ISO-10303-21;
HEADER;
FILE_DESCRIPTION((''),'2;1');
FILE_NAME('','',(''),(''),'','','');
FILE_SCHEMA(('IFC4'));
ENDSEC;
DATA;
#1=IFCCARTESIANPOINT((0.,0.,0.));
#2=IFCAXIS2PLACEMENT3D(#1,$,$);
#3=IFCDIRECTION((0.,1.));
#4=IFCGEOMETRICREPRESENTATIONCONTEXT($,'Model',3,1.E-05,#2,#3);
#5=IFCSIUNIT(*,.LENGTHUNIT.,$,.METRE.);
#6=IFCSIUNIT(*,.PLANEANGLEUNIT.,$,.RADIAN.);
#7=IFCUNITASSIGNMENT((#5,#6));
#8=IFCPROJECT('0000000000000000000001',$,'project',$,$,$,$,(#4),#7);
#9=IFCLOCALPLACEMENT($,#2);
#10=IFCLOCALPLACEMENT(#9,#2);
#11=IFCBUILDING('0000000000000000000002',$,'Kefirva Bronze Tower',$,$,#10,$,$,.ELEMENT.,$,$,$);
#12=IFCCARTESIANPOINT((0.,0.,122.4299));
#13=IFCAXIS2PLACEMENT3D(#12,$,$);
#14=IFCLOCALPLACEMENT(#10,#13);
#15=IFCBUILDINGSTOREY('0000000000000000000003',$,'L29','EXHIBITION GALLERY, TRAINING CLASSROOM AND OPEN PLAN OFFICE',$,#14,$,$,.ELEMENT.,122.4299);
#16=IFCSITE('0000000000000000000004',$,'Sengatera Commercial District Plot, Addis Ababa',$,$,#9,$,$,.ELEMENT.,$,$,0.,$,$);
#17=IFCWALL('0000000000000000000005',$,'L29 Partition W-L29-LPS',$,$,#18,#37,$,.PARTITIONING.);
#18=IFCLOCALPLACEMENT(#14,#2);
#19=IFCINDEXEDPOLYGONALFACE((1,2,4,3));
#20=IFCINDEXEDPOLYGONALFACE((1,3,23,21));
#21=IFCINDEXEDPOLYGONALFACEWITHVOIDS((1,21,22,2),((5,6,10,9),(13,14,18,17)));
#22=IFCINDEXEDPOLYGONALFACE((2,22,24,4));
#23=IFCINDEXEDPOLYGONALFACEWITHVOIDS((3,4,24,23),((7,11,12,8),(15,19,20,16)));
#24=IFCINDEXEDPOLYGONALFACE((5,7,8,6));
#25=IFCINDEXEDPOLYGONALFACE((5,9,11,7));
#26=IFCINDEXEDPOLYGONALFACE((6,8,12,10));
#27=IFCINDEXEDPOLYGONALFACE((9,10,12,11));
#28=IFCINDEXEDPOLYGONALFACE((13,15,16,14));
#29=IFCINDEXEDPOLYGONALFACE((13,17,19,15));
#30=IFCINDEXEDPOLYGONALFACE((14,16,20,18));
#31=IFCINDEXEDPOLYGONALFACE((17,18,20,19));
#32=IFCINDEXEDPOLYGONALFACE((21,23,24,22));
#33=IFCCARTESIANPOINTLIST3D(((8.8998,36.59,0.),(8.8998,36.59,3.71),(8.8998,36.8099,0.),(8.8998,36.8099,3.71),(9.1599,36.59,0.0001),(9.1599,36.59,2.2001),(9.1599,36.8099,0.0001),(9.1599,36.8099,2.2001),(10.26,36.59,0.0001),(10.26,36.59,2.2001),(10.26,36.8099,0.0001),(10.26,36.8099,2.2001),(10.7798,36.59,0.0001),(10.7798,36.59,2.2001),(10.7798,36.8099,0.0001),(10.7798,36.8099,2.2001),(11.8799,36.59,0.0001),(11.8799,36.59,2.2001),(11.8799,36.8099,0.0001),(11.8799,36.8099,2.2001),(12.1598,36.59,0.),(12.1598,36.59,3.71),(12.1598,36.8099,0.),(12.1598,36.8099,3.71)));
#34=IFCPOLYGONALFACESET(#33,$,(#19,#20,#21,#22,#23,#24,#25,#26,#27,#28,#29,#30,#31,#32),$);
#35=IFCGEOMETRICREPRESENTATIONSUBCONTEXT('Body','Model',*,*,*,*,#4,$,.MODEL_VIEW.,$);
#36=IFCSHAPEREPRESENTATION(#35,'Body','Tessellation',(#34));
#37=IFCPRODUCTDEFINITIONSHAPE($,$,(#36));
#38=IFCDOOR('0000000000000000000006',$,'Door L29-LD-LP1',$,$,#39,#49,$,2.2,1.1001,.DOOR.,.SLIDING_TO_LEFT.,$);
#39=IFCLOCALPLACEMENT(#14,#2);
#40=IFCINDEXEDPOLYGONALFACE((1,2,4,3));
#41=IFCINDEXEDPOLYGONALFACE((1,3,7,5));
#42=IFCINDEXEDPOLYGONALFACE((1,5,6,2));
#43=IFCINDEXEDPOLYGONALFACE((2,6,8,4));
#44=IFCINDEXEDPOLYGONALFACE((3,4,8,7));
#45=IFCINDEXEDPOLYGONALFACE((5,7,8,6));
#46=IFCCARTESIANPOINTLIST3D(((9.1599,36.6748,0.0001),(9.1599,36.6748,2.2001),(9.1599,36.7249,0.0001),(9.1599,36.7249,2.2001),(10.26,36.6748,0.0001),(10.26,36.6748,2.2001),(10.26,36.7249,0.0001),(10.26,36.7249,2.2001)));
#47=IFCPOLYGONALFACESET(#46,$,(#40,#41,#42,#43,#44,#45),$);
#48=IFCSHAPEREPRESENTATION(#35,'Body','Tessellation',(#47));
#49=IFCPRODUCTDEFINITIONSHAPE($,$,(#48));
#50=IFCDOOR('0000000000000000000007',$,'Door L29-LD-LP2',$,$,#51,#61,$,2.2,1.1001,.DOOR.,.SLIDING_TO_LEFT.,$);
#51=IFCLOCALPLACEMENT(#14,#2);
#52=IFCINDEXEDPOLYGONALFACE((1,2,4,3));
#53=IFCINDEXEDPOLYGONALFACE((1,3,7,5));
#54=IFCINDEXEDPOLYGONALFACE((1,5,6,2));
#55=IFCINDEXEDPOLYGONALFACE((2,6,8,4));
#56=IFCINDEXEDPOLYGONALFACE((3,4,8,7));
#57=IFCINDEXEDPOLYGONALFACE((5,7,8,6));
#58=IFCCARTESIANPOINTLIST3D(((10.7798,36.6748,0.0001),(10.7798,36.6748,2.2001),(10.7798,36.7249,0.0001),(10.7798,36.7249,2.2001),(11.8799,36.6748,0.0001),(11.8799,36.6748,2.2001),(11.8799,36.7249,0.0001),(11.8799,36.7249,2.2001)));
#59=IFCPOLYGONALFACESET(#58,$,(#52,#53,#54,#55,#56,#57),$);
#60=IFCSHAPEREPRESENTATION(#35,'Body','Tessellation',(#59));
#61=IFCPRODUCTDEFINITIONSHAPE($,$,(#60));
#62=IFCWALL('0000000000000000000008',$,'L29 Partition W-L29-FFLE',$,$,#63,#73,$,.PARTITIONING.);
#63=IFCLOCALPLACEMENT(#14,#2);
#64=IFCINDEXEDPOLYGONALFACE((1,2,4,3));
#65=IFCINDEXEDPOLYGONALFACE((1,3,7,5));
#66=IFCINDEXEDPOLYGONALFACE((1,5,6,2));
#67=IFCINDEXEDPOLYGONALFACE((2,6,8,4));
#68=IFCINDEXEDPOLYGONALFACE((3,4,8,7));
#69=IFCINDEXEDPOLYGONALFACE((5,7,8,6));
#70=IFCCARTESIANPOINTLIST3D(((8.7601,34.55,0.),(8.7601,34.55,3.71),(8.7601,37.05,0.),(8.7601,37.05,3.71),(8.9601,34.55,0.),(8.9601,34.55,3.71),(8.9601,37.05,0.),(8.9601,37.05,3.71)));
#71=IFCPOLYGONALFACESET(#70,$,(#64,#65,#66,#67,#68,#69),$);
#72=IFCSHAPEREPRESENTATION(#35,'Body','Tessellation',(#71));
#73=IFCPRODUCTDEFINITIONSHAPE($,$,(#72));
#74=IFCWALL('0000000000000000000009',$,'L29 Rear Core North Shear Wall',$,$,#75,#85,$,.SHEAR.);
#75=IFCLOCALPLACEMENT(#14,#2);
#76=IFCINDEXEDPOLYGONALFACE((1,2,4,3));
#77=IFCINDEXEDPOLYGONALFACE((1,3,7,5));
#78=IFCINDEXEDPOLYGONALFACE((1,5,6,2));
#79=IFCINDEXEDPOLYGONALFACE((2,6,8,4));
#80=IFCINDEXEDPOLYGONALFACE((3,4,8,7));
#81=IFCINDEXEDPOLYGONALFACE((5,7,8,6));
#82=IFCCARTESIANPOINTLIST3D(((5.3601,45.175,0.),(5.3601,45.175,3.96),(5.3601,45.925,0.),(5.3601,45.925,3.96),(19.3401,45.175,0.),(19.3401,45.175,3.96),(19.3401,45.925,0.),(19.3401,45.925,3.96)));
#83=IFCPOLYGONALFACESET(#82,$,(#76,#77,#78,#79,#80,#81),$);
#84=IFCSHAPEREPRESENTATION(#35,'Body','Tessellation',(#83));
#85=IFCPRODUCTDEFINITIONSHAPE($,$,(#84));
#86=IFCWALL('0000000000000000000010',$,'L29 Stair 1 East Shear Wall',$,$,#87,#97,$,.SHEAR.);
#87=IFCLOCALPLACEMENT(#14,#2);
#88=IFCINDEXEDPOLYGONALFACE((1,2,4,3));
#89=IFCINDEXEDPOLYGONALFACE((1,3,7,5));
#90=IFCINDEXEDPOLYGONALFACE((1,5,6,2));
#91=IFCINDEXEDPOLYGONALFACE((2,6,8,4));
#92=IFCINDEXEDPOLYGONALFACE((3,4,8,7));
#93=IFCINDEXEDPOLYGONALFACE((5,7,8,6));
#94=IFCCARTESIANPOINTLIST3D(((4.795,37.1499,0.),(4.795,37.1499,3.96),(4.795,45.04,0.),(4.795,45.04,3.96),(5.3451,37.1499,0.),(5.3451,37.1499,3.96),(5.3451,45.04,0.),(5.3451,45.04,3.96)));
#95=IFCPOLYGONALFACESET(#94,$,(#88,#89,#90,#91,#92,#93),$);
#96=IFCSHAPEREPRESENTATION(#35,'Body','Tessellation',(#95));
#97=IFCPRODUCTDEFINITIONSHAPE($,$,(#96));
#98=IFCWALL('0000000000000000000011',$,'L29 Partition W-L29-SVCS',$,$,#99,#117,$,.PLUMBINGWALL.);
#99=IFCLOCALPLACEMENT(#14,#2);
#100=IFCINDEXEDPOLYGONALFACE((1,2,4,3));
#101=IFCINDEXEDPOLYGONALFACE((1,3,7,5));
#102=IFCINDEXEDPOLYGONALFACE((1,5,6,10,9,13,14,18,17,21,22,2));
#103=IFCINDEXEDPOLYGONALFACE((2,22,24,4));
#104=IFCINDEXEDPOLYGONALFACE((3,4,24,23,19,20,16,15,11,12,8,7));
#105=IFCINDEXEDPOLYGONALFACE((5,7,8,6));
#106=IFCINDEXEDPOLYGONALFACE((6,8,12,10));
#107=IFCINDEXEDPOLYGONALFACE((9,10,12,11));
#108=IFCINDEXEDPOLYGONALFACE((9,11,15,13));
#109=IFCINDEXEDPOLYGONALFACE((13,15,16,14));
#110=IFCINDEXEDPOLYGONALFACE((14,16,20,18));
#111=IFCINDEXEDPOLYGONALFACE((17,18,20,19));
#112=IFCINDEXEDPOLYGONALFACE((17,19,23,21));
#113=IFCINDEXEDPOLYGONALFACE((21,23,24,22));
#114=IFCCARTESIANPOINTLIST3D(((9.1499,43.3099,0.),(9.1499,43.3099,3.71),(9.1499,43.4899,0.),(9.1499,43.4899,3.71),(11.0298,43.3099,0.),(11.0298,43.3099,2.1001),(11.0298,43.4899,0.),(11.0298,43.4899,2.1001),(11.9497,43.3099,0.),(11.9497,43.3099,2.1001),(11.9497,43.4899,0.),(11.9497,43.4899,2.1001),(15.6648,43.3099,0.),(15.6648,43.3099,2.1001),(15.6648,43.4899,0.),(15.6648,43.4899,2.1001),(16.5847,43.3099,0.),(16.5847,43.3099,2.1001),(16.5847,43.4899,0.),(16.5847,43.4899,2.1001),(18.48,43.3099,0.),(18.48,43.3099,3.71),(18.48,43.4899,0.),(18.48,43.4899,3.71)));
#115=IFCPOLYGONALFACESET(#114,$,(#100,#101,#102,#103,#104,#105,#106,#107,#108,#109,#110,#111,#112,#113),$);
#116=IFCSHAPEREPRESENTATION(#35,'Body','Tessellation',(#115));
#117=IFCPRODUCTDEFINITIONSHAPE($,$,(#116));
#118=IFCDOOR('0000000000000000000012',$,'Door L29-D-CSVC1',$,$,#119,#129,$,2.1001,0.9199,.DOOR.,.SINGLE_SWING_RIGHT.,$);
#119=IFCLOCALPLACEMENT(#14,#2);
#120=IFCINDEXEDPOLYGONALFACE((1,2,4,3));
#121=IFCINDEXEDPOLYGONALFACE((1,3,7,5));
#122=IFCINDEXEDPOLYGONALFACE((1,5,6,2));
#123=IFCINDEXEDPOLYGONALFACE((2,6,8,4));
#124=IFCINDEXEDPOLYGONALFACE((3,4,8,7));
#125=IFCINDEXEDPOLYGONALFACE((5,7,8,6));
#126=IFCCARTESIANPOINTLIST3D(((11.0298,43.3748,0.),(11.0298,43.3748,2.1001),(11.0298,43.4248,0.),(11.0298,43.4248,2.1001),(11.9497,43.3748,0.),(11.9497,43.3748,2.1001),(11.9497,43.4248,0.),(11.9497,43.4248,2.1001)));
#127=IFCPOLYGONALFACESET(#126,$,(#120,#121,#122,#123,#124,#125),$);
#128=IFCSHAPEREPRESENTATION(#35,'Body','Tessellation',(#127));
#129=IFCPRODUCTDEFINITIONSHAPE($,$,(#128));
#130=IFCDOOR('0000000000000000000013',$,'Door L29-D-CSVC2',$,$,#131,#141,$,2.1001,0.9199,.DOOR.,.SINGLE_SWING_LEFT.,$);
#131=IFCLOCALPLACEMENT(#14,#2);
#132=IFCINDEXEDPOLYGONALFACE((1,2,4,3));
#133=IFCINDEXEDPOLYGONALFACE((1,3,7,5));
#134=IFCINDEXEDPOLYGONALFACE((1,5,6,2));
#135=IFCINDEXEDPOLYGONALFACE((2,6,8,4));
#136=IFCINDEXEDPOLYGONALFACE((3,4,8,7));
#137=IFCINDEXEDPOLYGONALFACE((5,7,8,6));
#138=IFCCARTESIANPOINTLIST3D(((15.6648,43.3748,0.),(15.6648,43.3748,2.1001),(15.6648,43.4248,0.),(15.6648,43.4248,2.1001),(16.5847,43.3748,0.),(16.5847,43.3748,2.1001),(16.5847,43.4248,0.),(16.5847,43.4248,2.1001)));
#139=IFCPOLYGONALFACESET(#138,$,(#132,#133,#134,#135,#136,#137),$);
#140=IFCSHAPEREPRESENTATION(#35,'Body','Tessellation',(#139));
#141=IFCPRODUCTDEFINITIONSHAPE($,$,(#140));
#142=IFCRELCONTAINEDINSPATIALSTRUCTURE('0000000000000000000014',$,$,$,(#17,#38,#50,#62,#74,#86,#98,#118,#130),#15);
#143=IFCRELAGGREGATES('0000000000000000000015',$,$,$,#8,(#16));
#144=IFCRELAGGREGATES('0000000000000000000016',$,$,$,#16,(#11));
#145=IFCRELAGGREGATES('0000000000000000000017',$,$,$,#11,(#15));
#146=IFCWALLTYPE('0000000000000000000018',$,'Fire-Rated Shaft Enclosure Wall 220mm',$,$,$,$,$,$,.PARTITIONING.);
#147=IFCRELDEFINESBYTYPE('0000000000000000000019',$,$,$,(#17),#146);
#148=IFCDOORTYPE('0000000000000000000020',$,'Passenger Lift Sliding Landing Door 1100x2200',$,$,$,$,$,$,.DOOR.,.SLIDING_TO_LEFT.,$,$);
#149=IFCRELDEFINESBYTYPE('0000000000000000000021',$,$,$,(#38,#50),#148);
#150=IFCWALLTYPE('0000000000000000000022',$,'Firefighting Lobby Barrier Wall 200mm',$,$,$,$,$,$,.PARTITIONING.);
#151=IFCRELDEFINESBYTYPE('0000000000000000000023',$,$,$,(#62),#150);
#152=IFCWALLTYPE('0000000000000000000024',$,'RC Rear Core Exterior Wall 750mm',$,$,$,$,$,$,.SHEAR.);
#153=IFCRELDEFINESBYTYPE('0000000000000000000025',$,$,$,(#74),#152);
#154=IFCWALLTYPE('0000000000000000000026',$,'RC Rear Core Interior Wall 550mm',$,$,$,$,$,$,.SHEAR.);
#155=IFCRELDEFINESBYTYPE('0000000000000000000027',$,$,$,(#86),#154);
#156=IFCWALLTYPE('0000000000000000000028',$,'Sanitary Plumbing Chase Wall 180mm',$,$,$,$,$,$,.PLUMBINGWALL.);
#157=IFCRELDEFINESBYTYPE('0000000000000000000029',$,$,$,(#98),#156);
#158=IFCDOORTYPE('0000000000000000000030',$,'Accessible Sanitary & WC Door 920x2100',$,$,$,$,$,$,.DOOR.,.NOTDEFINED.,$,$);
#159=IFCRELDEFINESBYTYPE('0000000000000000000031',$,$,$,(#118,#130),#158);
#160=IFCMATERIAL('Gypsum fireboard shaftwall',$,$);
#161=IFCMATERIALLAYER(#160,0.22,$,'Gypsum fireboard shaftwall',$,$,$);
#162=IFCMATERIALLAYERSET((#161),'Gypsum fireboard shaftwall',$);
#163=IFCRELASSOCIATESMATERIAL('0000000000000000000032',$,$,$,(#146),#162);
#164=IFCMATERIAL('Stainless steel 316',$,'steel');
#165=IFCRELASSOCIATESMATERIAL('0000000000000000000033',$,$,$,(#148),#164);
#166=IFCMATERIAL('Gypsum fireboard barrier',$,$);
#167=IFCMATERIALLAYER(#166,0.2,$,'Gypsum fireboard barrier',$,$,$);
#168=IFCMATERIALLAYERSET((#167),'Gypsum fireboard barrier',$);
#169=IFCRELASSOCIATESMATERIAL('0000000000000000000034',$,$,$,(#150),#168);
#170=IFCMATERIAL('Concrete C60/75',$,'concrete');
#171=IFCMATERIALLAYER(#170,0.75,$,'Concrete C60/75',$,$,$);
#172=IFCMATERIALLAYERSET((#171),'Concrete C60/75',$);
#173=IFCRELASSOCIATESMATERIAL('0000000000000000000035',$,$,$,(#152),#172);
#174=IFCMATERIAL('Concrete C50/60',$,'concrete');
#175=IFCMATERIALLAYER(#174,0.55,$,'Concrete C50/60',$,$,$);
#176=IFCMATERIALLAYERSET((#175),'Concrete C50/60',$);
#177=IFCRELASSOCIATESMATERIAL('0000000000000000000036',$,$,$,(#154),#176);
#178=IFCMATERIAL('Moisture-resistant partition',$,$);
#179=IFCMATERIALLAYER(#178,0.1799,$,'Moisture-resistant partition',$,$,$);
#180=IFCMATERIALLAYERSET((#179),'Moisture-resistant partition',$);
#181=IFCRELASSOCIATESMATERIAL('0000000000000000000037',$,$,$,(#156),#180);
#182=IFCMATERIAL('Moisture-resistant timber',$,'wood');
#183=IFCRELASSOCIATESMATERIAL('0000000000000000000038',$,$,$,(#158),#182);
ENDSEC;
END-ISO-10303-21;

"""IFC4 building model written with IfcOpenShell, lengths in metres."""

from ifc_helpers import new_model, si_unit, direction, frame, frame_2d, origin, place, context, subcontext, project, spatial, rectangle, extrude, material, layer, layer_set, type_object, element, fill, save


model = new_model("IFC4")

# Units and contexts
model_context = context("Model", 3, precision=1e-05, world=origin(), true_north=direction((0.0, 1.0)))
body_context = subcontext(model_context, "Body", "Model", "MODEL_VIEW")
ifc_project = project(units=[si_unit("LENGTHUNIT", "METRE"), si_unit("PLANEANGLEUNIT", "RADIAN")], contexts=[model_context])

# Site, building, storey
site_placement = place(None, origin())
site = spatial("IfcSite", under=ifc_project, at=site_placement, Name="Sengatera Commercial District Plot, Addis Ababa", CompositionType="ELEMENT", RefElevation=0.0)
building_placement = place(site_placement, origin())
building = spatial("IfcBuilding", under=site, at=building_placement, Name="Kefirva Bronze Tower", CompositionType="ELEMENT")
storey_placement = place(building_placement, frame((0.0, 0.0, 122.4299)))
storey = spatial("IfcBuildingStorey", under=building, at=storey_placement, Name="L29", Description="EXHIBITION GALLERY, TRAINING CLASSROOM AND OPEN PLAN OFFICE", CompositionType="ELEMENT", Elevation=122.4299)

# Shared definitions
ifc_material_1 = material(Name="Gypsum fireboard shaftwall")
ifc_layer_1 = layer(ifc_material_1, 0.22, Name="Gypsum fireboard shaftwall")
ifc_layer_set_1 = layer_set([ifc_layer_1], Name="Gypsum fireboard shaftwall")
wall_type_1 = type_object("IfcWallType", Name="Fire-Rated Shaft Enclosure Wall 220mm", PredefinedType="PARTITIONING", material=ifc_layer_set_1)
ifc_material_2 = material(Name="Stainless steel 316", Category="steel")

# Wall, openings, doors
wall_1_placement = place(storey_placement, frame((8.8999, 36.7, 0.0), z_axis=(0.0, 0.0, 1.0), x_axis=(1.0, 0.0, 0.0)))
wall_1 = element("IfcWall", 1, at=wall_1_placement, inside=storey, type_object=wall_type_1, Name="L29 Partition W-L29-LPS", PredefinedType="PARTITIONING", context=body_context, shape_type="SweptSolid", body=[
    extrude(rectangle(XDim=3.26, YDim=0.22, at=frame_2d((1.6299, 0.0))), origin(), (0.0, 0.0, 1.0), 3.71),
])
opening_1_placement = place(wall_1_placement, frame((0.26, 0.0, 0.0)))
opening_1 = element("IfcOpeningElement", 2, at=opening_1_placement, cuts=wall_1, PredefinedType="OPENING", context=body_context, shape_type="SweptSolid", body=[
    extrude(rectangle(XDim=1.1001, YDim=2.2, at=frame_2d((0.55, 1.1001))), frame((0.0, 0.1201, 0.0), z_axis=(0.0, -1.0, 0.0), x_axis=(1.0, 0.0, 0.0)), (0.0, 0.0, 1.0), 0.24),
])
opening_2_placement = place(wall_1_placement, frame((1.8799, 0.0, 0.0)))
opening_2 = element("IfcOpeningElement", 3, at=opening_2_placement, cuts=wall_1, PredefinedType="OPENING", context=body_context, shape_type="SweptSolid", body=[
    extrude(rectangle(XDim=1.1001, YDim=2.2, at=frame_2d((0.55, 1.1001))), frame((0.0, 0.1201, 0.0), z_axis=(0.0, -1.0, 0.0), x_axis=(1.0, 0.0, 0.0)), (0.0, 0.0, 1.0), 0.24),
])
door_type_1 = type_object("IfcDoorType", Name="Passenger Lift Sliding Landing Door 1100x2200", OperationType="SLIDING_TO_LEFT", PredefinedType="DOOR", material=ifc_material_2)
door_1_placement = place(opening_1_placement, origin())
door_1 = element("IfcDoor", 4, at=door_1_placement, inside=storey, type_object=door_type_1, Name="Door L29-LD-LP1", OperationType="SLIDING_TO_LEFT", OverallHeight=2.2, OverallWidth=1.1001, PredefinedType="DOOR", context=body_context, shape_type="SweptSolid", body=[
    extrude(rectangle(XDim=1.1001, YDim=2.2, at=frame_2d((0.55, 1.1001))), frame((0.0, 0.0249, 0.0), z_axis=(0.0, -1.0, 0.0), x_axis=(1.0, 0.0, 0.0)), (0.0, 0.0, 1.0), 0.05),
])
fill(opening_1, door_1)
door_2_placement = place(opening_2_placement, origin())
door_2 = element("IfcDoor", 5, at=door_2_placement, inside=storey, type_object=door_type_1, Name="Door L29-LD-LP2", OperationType="SLIDING_TO_LEFT", OverallHeight=2.2, OverallWidth=1.1001, PredefinedType="DOOR", context=body_context, shape_type="SweptSolid", body=[
    extrude(rectangle(XDim=1.1001, YDim=2.2, at=frame_2d((0.55, 1.1001))), frame((0.0, 0.0249, 0.0), z_axis=(0.0, -1.0, 0.0), x_axis=(1.0, 0.0, 0.0)), (0.0, 0.0, 1.0), 0.05),
])
fill(opening_2, door_2)

# Walls
ifc_material_3 = material(Name="Gypsum fireboard barrier")
ifc_layer_2 = layer(ifc_material_3, 0.2, Name="Gypsum fireboard barrier")
ifc_layer_set_2 = layer_set([ifc_layer_2], Name="Gypsum fireboard barrier")
wall_type_2 = type_object("IfcWallType", Name="Firefighting Lobby Barrier Wall 200mm", PredefinedType="PARTITIONING", material=ifc_layer_set_2)
wall_2_placement = place(storey_placement, frame((8.8601, 34.55, 0.0), z_axis=(0.0, 0.0, 1.0), x_axis=(0.0, 1.0, 0.0)))
element("IfcWall", 6, at=wall_2_placement, inside=storey, type_object=wall_type_2, Name="L29 Partition W-L29-FFLE", PredefinedType="PARTITIONING", context=body_context, shape_type="SweptSolid", body=[
    extrude(rectangle(XDim=2.5, YDim=0.2, at=frame_2d((1.25, 0.0))), origin(), (0.0, 0.0, 1.0), 3.71),
])
ifc_material_4 = material(Name="Concrete C60/75", Category="concrete")
ifc_layer_3 = layer(ifc_material_4, 0.75, Name="Concrete C60/75")
ifc_layer_set_3 = layer_set([ifc_layer_3], Name="Concrete C60/75")
wall_type_3 = type_object("IfcWallType", Name="RC Rear Core Exterior Wall 750mm", PredefinedType="SHEAR", material=ifc_layer_set_3)
wall_3_placement = place(storey_placement, frame((5.3601, 45.55, 0.0), z_axis=(0.0, 0.0, 1.0), x_axis=(1.0, 0.0, 0.0)))
element("IfcWall", 7, at=wall_3_placement, inside=storey, type_object=wall_type_3, Name="L29 Rear Core North Shear Wall", PredefinedType="SHEAR", context=body_context, shape_type="SweptSolid", body=[
    extrude(rectangle(XDim=13.98, YDim=0.75, at=frame_2d((6.99, 0.0))), origin(), (0.0, 0.0, 1.0), 3.96),
])
ifc_material_5 = material(Name="Concrete C50/60", Category="concrete")
ifc_layer_4 = layer(ifc_material_5, 0.55, Name="Concrete C50/60")
ifc_layer_set_4 = layer_set([ifc_layer_4], Name="Concrete C50/60")
wall_type_4 = type_object("IfcWallType", Name="RC Rear Core Interior Wall 550mm", PredefinedType="SHEAR", material=ifc_layer_set_4)
wall_4_placement = place(storey_placement, frame((5.0701, 37.1499, 0.0), z_axis=(0.0, 0.0, 1.0), x_axis=(0.0, 1.0, 0.0)))
element("IfcWall", 8, at=wall_4_placement, inside=storey, type_object=wall_type_4, Name="L29 Stair 1 East Shear Wall", PredefinedType="SHEAR", context=body_context, shape_type="SweptSolid", body=[
    extrude(rectangle(XDim=7.8901, YDim=0.55, at=frame_2d((3.9451, 0.0))), origin(), (0.0, 0.0, 1.0), 3.96),
])

# Wall, openings, doors
ifc_material_6 = material(Name="Moisture-resistant partition")
ifc_layer_5 = layer(ifc_material_6, 0.1799, Name="Moisture-resistant partition")
ifc_layer_set_5 = layer_set([ifc_layer_5], Name="Moisture-resistant partition")
wall_type_5 = type_object("IfcWallType", Name="Sanitary Plumbing Chase Wall 180mm", PredefinedType="PLUMBINGWALL", material=ifc_layer_set_5)
wall_5_placement = place(storey_placement, frame((9.1499, 43.3999, 0.0), z_axis=(0.0, 0.0, 1.0), x_axis=(1.0, 0.0, 0.0)))
wall_5 = element("IfcWall", 9, at=wall_5_placement, inside=storey, type_object=wall_type_5, Name="L29 Partition W-L29-SVCS", PredefinedType="PLUMBINGWALL", context=body_context, shape_type="SweptSolid", body=[
    extrude(rectangle(XDim=9.3301, YDim=0.1799, at=frame_2d((4.665, 0.0))), origin(), (0.0, 0.0, 1.0), 3.71),
])
opening_3_placement = place(wall_5_placement, frame((1.8799, 0.0, 0.0)))
opening_3 = element("IfcOpeningElement", 10, at=opening_3_placement, cuts=wall_5, PredefinedType="OPENING", context=body_context, shape_type="SweptSolid", body=[
    extrude(rectangle(XDim=0.9199, YDim=2.1001, at=frame_2d((0.46, 1.05))), frame((0.0, 0.1001, 0.0), z_axis=(0.0, -1.0, 0.0), x_axis=(1.0, 0.0, 0.0)), (0.0, 0.0, 1.0), 0.2),
])
opening_4_placement = place(wall_5_placement, frame((6.5149, 0.0, 0.0)))
opening_4 = element("IfcOpeningElement", 11, at=opening_4_placement, cuts=wall_5, PredefinedType="OPENING", context=body_context, shape_type="SweptSolid", body=[
    extrude(rectangle(XDim=0.9199, YDim=2.1001, at=frame_2d((0.46, 1.05))), frame((0.0, 0.1001, 0.0), z_axis=(0.0, -1.0, 0.0), x_axis=(1.0, 0.0, 0.0)), (0.0, 0.0, 1.0), 0.2),
])
ifc_material_7 = material(Name="Moisture-resistant timber", Category="wood")
door_type_2 = type_object("IfcDoorType", Name="Accessible Sanitary & WC Door 920x2100", OperationType="NOTDEFINED", PredefinedType="DOOR", material=ifc_material_7)
door_3_placement = place(opening_3_placement, origin())
door_3 = element("IfcDoor", 12, at=door_3_placement, inside=storey, type_object=door_type_2, Name="Door L29-D-CSVC1", OperationType="SINGLE_SWING_RIGHT", OverallHeight=2.1001, OverallWidth=0.9199, PredefinedType="DOOR", context=body_context, shape_type="SweptSolid", body=[
    extrude(rectangle(XDim=0.9199, YDim=2.1001, at=frame_2d((0.46, 1.05))), frame((0.0, 0.0249, 0.0), z_axis=(0.0, -1.0, 0.0), x_axis=(1.0, 0.0, 0.0)), (0.0, 0.0, 1.0), 0.05),
])
fill(opening_3, door_3)
door_4_placement = place(opening_4_placement, origin())
door_4 = element("IfcDoor", 13, at=door_4_placement, inside=storey, type_object=door_type_2, Name="Door L29-D-CSVC2", OperationType="SINGLE_SWING_LEFT", OverallHeight=2.1001, OverallWidth=0.9199, PredefinedType="DOOR", context=body_context, shape_type="SweptSolid", body=[
    extrude(rectangle(XDim=0.9199, YDim=2.1001, at=frame_2d((0.46, 1.05))), frame((0.0, 0.0249, 0.0), z_axis=(0.0, -1.0, 0.0), x_axis=(1.0, 0.0, 0.0)), (0.0, 0.0, 1.0), 0.05),
])
fill(opening_4, door_4)

save(model, "model.ifc")
